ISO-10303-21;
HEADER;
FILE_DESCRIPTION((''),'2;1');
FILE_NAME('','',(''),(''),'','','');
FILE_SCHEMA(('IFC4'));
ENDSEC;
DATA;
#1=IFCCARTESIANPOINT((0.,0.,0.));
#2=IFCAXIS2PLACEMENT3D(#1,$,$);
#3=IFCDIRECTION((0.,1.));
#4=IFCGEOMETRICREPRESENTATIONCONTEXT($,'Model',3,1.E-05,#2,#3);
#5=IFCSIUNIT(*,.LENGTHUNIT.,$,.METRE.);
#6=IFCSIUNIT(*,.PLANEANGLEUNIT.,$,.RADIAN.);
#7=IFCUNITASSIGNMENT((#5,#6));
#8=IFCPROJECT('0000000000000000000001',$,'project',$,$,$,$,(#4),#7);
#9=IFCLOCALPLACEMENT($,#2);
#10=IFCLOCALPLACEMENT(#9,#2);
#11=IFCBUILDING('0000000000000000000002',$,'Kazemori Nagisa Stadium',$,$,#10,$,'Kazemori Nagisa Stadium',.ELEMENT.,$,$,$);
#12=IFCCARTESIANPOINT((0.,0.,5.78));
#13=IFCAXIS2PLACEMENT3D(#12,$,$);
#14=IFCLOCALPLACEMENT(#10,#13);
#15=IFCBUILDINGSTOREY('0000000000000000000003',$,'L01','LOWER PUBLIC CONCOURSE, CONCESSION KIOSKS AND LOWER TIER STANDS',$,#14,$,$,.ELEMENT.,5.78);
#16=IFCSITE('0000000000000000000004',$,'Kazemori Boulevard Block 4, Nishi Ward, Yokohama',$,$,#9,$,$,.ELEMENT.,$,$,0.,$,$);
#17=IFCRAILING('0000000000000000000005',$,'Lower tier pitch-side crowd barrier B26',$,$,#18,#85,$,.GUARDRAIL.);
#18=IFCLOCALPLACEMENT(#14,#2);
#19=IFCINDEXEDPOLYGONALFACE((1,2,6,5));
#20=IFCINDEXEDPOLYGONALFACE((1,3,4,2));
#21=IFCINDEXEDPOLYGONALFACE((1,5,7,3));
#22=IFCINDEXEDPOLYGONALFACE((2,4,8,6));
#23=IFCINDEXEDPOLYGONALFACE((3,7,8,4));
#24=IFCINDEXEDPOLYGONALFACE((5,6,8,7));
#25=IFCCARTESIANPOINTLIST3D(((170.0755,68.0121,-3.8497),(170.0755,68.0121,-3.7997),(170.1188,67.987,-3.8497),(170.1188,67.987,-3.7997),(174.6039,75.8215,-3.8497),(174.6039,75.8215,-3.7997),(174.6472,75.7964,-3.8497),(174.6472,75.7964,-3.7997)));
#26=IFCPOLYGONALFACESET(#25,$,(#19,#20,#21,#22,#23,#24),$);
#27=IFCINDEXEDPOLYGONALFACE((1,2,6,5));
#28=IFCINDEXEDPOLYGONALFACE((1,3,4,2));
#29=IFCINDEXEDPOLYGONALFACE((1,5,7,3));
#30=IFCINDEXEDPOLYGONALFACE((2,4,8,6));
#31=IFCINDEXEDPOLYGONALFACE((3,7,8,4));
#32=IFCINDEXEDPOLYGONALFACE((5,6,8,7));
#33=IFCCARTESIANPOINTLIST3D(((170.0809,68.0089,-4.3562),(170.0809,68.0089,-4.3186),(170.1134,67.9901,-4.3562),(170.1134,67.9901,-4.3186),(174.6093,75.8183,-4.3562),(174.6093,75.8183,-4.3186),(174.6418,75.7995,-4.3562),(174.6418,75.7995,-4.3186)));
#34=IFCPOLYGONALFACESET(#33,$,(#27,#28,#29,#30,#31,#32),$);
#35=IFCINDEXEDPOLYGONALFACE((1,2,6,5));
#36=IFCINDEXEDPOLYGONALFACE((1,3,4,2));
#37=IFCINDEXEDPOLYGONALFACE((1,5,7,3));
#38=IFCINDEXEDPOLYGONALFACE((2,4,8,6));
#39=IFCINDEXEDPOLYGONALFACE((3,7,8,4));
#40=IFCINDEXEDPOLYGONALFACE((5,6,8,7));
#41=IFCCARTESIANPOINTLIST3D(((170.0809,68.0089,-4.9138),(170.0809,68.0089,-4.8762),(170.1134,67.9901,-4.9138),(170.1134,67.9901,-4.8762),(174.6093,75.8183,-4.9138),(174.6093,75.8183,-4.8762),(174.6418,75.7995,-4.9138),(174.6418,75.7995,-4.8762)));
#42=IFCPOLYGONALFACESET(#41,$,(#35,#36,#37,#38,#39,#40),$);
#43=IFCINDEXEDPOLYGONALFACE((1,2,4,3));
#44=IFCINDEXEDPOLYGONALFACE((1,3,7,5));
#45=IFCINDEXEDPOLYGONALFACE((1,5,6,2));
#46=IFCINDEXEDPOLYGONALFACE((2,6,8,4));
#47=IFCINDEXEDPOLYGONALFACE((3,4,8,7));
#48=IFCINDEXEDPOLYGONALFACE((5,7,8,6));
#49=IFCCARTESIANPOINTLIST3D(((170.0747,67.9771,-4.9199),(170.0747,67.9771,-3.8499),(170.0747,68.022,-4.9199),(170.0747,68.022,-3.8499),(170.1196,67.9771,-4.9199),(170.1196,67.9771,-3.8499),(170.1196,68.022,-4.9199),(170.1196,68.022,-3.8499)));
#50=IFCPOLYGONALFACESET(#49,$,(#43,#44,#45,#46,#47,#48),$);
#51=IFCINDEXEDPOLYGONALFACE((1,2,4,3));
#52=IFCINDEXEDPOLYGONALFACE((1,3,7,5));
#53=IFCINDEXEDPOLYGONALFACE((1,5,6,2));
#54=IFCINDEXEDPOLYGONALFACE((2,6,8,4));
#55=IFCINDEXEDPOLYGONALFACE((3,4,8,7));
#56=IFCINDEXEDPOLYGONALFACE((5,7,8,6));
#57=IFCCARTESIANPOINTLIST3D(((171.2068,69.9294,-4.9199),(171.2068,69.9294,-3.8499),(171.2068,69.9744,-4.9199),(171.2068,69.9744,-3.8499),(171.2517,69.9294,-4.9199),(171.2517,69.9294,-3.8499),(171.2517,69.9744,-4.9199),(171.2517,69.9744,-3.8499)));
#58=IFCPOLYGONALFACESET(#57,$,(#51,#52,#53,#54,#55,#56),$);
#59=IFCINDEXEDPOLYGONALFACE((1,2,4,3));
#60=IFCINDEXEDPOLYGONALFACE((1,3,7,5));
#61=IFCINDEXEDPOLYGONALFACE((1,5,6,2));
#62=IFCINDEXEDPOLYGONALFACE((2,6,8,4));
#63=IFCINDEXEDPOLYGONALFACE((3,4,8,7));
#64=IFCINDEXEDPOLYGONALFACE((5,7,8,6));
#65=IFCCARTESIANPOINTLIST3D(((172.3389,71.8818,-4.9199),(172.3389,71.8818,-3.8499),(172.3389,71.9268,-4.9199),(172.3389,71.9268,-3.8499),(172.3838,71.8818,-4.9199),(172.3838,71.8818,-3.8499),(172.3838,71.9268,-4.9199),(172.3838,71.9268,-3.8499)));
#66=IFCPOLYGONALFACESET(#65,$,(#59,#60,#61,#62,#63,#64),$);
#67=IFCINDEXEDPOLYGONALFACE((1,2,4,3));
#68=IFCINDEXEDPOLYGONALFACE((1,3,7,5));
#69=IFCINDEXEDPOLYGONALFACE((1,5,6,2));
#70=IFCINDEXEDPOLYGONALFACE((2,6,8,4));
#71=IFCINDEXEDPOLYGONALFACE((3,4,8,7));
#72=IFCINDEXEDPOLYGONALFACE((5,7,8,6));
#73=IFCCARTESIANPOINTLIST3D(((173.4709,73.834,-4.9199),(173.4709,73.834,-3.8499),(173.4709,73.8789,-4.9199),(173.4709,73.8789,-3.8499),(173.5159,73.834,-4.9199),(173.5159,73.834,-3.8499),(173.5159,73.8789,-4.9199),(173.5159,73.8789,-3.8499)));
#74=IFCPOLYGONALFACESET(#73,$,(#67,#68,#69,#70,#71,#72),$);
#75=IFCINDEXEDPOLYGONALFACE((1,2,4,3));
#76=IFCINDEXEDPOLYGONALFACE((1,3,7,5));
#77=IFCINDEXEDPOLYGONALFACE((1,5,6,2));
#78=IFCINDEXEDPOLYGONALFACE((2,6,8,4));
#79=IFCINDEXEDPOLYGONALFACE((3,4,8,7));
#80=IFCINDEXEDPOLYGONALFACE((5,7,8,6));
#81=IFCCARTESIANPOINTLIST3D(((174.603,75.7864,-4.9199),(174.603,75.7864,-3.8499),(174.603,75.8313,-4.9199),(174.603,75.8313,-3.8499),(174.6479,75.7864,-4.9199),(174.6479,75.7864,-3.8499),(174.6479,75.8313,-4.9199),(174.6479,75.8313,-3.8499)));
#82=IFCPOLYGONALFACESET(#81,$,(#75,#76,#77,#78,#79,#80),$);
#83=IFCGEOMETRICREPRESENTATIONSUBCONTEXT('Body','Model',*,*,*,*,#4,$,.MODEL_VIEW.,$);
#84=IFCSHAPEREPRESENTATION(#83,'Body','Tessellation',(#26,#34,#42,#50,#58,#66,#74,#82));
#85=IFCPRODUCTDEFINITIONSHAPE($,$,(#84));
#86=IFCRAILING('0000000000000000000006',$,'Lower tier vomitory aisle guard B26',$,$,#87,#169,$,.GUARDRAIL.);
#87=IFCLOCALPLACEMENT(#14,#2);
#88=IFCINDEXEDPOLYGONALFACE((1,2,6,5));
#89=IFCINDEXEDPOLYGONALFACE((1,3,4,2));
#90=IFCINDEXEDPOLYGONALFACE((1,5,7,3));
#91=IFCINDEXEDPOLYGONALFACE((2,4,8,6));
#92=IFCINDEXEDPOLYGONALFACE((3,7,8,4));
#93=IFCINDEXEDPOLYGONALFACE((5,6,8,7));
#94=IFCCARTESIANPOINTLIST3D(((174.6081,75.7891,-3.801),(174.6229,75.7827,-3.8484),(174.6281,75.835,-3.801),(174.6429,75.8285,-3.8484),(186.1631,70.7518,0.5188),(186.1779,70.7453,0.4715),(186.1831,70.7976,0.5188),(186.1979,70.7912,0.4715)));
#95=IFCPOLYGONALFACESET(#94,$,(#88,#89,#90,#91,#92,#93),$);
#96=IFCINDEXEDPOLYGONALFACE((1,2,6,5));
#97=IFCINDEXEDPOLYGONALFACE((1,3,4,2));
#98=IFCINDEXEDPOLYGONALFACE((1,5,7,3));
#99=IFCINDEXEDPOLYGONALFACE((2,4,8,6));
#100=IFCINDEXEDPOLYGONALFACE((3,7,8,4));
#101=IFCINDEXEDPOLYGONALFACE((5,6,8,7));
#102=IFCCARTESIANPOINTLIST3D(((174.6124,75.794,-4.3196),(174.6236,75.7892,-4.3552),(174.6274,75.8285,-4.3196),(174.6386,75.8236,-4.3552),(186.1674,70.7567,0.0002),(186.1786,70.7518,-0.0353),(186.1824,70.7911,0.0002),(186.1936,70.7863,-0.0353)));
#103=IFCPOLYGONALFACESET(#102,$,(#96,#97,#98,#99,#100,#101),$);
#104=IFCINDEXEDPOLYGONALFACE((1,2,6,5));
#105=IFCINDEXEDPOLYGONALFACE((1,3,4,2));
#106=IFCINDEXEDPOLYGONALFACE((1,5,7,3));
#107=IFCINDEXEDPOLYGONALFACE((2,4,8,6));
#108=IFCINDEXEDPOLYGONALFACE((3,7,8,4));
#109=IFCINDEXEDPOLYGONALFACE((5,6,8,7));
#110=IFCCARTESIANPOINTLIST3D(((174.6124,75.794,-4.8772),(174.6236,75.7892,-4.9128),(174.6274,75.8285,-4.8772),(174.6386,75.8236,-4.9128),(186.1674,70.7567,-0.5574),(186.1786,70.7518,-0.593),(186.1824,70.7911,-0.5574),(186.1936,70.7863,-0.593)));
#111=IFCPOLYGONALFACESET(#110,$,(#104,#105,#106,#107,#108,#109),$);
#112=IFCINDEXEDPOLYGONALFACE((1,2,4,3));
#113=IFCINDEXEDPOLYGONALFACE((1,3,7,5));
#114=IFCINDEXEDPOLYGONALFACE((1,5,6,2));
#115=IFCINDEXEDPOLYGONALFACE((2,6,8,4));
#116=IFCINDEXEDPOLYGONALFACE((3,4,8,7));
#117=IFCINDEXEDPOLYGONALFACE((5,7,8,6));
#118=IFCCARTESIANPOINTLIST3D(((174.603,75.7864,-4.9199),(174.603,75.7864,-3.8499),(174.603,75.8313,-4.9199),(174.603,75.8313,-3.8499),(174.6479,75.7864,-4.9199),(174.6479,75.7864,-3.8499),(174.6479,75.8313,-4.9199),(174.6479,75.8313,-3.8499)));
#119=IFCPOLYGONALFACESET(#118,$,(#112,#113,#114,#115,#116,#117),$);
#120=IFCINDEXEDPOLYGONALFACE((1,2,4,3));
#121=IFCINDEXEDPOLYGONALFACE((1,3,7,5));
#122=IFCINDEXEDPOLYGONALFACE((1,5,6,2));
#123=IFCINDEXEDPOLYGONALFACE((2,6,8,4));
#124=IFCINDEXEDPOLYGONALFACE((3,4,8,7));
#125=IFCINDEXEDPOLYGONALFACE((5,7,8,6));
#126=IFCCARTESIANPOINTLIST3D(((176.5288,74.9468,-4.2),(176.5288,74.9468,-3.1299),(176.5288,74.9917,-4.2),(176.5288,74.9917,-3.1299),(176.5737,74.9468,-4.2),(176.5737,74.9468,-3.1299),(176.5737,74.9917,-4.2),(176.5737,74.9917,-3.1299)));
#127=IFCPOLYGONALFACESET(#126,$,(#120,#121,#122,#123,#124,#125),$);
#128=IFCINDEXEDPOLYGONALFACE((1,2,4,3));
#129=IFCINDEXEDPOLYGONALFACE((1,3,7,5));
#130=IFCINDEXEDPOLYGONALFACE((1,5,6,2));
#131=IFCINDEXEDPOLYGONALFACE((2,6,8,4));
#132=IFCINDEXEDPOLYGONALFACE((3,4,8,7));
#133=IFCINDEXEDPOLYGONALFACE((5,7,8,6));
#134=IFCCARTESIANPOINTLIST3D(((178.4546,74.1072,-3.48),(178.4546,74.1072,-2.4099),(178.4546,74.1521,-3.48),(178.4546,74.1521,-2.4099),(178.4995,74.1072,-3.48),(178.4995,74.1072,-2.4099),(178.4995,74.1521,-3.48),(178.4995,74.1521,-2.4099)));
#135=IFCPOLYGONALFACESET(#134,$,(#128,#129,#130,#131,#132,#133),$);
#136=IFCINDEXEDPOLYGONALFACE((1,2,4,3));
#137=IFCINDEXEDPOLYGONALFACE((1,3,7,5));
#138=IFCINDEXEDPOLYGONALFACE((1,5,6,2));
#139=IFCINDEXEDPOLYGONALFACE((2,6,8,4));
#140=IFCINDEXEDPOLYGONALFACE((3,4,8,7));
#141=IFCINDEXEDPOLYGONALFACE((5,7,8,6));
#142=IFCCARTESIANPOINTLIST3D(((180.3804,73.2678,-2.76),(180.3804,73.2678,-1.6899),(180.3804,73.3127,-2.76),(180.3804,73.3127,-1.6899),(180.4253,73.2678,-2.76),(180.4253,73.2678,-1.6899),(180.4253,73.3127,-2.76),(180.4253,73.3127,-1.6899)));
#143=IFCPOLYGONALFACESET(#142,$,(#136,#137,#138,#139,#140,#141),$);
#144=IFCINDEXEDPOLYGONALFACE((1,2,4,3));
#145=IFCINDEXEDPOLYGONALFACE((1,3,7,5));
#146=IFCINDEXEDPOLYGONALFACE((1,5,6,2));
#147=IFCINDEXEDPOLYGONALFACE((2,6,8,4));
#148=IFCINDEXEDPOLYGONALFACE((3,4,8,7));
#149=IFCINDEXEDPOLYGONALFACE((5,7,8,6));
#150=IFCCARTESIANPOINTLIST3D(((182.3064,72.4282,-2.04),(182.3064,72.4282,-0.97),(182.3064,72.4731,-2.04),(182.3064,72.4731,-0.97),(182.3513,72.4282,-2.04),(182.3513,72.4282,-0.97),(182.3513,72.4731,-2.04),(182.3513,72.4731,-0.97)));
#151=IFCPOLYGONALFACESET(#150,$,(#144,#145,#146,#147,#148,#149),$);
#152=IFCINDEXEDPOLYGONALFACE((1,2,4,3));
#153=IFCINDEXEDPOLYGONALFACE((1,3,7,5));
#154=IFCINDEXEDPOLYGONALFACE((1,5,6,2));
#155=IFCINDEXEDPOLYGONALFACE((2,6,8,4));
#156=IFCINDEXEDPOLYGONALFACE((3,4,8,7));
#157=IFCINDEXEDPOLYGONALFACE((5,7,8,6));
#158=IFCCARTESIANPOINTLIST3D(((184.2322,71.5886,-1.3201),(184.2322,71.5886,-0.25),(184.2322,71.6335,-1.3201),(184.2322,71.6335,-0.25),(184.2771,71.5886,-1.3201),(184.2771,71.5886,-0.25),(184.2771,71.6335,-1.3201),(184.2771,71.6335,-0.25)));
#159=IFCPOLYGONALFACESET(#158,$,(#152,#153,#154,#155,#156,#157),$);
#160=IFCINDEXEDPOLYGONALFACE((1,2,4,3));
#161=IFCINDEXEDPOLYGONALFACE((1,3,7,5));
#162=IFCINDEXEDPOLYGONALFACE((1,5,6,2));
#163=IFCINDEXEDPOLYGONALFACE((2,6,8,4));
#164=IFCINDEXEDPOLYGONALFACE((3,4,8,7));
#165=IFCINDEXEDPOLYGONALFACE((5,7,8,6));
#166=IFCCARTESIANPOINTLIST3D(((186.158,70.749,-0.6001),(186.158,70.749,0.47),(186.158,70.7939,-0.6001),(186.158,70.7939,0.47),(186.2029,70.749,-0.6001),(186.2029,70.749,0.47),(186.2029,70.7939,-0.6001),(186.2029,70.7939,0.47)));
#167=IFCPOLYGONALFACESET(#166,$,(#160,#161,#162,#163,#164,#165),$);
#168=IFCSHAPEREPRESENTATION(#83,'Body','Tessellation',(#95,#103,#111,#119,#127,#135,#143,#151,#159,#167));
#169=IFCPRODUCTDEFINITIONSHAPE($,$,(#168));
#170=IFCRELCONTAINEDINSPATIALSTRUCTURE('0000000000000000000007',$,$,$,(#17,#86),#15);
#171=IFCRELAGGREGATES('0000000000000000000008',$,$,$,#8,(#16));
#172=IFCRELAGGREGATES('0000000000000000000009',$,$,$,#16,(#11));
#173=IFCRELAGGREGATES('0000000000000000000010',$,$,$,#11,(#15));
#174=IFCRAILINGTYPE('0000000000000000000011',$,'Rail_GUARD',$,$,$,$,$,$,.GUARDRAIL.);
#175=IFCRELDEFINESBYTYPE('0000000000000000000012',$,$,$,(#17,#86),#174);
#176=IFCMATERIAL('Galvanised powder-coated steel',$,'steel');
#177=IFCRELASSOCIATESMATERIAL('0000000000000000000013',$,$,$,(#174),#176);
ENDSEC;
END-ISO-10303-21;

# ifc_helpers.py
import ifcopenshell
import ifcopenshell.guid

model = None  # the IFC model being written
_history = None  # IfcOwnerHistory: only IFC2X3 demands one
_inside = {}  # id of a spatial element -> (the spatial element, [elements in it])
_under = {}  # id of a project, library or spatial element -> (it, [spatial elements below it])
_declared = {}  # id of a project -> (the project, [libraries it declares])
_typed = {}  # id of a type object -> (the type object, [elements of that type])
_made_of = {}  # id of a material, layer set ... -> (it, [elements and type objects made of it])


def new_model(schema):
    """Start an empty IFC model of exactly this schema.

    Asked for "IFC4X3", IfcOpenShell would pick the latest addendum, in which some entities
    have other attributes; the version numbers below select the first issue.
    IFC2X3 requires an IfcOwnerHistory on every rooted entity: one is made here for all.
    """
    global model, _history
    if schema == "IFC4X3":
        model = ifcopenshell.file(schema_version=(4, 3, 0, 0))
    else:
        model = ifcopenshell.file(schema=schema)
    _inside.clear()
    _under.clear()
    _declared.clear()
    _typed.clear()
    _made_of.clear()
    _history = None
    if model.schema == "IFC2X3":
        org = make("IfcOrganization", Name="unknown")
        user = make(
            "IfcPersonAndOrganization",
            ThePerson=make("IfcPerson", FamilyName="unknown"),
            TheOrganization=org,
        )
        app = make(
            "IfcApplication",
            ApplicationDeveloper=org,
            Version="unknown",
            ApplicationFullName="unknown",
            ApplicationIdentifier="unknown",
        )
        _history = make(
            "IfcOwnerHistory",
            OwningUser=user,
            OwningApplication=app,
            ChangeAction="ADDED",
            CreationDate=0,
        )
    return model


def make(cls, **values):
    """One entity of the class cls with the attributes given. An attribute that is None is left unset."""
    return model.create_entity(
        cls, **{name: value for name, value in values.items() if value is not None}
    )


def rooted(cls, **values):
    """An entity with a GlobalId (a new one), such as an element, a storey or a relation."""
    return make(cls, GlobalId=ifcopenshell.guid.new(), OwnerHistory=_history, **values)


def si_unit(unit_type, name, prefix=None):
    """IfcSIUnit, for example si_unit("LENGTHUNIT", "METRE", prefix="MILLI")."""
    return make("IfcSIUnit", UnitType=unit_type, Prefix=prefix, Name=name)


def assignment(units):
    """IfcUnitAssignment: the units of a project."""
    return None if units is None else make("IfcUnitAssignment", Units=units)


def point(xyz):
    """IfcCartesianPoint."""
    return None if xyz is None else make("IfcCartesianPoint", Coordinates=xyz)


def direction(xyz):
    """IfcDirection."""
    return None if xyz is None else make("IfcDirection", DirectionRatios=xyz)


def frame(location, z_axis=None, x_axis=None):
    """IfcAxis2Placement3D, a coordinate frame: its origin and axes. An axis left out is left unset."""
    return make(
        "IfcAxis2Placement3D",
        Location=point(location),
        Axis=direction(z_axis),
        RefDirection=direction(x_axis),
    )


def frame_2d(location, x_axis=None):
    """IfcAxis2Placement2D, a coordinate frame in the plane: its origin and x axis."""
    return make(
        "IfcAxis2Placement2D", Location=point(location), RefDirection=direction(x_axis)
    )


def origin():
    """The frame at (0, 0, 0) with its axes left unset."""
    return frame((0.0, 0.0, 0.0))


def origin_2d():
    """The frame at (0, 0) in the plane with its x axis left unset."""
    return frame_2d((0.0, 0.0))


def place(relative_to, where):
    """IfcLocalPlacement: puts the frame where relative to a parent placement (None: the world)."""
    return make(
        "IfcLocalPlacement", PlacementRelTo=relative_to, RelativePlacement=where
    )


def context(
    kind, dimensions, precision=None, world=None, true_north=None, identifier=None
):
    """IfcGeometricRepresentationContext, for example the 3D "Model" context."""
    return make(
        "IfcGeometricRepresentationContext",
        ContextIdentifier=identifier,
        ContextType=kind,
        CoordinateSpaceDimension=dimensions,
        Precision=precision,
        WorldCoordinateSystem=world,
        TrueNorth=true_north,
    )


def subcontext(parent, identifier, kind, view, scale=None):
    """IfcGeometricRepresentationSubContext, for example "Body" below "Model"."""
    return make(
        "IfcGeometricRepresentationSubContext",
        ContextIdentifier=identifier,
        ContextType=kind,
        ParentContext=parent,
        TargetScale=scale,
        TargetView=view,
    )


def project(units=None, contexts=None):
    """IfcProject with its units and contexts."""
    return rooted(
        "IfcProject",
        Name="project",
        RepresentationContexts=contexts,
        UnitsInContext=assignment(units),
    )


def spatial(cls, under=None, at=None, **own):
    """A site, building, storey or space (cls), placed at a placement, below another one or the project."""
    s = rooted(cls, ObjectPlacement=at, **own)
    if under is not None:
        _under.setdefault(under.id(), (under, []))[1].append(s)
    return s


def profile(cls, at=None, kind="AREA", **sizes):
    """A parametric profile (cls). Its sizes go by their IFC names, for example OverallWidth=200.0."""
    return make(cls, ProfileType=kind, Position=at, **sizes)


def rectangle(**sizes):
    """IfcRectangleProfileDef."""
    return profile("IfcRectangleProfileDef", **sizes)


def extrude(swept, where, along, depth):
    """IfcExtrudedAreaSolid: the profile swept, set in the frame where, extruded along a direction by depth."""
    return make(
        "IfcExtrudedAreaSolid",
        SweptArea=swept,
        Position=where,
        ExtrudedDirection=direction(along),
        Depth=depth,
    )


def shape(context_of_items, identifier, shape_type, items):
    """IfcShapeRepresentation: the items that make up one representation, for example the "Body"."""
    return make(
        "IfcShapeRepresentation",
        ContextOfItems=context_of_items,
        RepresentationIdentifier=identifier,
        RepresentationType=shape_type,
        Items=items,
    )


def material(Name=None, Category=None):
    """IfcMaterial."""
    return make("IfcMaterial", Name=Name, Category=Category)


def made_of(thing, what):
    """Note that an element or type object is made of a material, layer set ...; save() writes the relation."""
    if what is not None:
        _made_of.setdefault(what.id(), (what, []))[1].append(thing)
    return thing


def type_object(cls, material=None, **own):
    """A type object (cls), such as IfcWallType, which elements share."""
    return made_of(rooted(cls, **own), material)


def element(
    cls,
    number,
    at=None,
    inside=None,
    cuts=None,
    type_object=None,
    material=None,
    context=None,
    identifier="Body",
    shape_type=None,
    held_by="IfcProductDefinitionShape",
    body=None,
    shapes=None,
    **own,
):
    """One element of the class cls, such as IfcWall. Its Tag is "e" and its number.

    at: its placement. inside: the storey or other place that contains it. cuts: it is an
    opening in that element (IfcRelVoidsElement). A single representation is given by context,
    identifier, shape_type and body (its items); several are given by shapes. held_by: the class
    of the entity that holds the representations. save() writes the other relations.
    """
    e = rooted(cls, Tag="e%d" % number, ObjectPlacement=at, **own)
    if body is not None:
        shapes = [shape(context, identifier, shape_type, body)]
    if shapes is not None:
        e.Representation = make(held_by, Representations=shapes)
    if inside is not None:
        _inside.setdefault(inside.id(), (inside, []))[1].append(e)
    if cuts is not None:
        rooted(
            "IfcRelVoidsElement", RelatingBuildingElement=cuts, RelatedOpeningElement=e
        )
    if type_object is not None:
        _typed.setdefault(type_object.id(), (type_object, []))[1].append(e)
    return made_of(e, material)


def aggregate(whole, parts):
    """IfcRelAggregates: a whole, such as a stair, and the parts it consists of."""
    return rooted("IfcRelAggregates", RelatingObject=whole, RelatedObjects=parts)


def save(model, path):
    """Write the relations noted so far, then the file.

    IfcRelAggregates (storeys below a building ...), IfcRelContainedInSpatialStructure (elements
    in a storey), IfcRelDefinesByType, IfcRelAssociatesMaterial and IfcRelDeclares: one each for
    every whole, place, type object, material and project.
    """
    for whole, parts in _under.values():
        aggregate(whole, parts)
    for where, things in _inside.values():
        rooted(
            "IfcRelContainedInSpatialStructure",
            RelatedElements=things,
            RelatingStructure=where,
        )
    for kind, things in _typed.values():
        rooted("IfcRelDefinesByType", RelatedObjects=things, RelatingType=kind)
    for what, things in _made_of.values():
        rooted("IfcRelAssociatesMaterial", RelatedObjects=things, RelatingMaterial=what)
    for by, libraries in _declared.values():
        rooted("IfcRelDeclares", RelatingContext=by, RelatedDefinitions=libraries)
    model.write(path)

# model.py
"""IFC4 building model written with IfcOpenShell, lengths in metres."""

from ifc_helpers import new_model, si_unit, direction, frame, origin, origin_2d, place, context, subcontext, project, spatial, rectangle, extrude, material, type_object, element, save


model = new_model("IFC4")

# Units and contexts
model_context = context("Model", 3, precision=1e-05, world=origin(), true_north=direction((0.0, 1.0)))
body_context = subcontext(model_context, "Body", "Model", "MODEL_VIEW")
ifc_project = project(units=[si_unit("LENGTHUNIT", "METRE"), si_unit("PLANEANGLEUNIT", "RADIAN")], contexts=[model_context])

# Site, building, storey
site_placement = place(None, origin())
site = spatial("IfcSite", under=ifc_project, at=site_placement, Name="Kazemori Boulevard Block 4, Nishi Ward, Yokohama", CompositionType="ELEMENT", RefElevation=0.0)
building_placement = place(site_placement, origin())
building = spatial("IfcBuilding", under=site, at=building_placement, Name="Kazemori Nagisa Stadium", LongName="Kazemori Nagisa Stadium", CompositionType="ELEMENT")
storey_placement = place(building_placement, frame((0.0, 0.0, 5.78)))
storey = spatial("IfcBuildingStorey", under=building, at=storey_placement, Name="L01", Description="LOWER PUBLIC CONCOURSE, CONCESSION KIOSKS AND LOWER TIER STANDS", CompositionType="ELEMENT", Elevation=5.78)

# Railings
ifc_material_1 = material(Name="Galvanised powder-coated steel", Category="steel")
railing_type_1 = type_object("IfcRailingType", Name="Rail_GUARD", PredefinedType="GUARDRAIL", material=ifc_material_1)
railing_1_placement = place(storey_placement, frame((170.0972, 67.9995, -4.9199)))
element("IfcRailing", 1, at=railing_1_placement, inside=storey, type_object=railing_type_1, Name="Lower tier pitch-side crowd barrier B26", PredefinedType="GUARDRAIL", context=body_context, shape_type="SweptSolid", body=[
    extrude(rectangle(XDim=0.05, YDim=0.05, at=origin_2d()), frame((0.0, 0.0, 1.0952), z_axis=(0.501628, 0.865084, 0.0), x_axis=(-0.865084, 0.501628, 0.0)), (0.0, 0.0, 1.0), 9.0273),
    extrude(rectangle(XDim=0.0376, YDim=0.0376, at=origin_2d()), frame((0.0, 0.0, 0.5825), z_axis=(0.501628, 0.865084, 0.0), x_axis=(-0.865084, 0.501628, 0.0)), (0.0, 0.0, 1.0), 9.0273),
    extrude(rectangle(XDim=0.0376, YDim=0.0376, at=origin_2d()), frame((0.0, 0.0, 0.0249), z_axis=(0.501628, 0.865084, 0.0), x_axis=(-0.865084, 0.501628, 0.0)), (0.0, 0.0, 1.0), 9.0273),
    extrude(rectangle(XDim=0.0449, YDim=0.0449, at=origin_2d()), origin(), (0.0, 0.0, 1.0), 1.0701),
    extrude(rectangle(XDim=0.0449, YDim=0.0449, at=origin_2d()), frame((1.1321, 1.9524, 0.0)), (0.0, 0.0, 1.0), 1.0701),
    extrude(rectangle(XDim=0.0449, YDim=0.0449, at=origin_2d()), frame((2.2642, 3.9048, 0.0)), (0.0, 0.0, 1.0), 1.0701),
    extrude(rectangle(XDim=0.0449, YDim=0.0449, at=origin_2d()), frame((3.3962, 5.8569, 0.0)), (0.0, 0.0, 1.0), 1.0701),
    extrude(rectangle(XDim=0.0449, YDim=0.0449, at=origin_2d()), frame((4.5283, 7.8093, 0.0)), (0.0, 0.0, 1.0), 1.0701),
])
railing_2_placement = place(storey_placement, frame((174.6255, 75.8088, -4.9199)))
element("IfcRailing", 2, at=railing_2_placement, inside=storey, type_object=railing_type_1, Name="Lower tier vomitory aisle guard B26", PredefinedType="GUARDRAIL", context=body_context, shape_type="SweptSolid", body=[
    extrude(rectangle(XDim=0.05, YDim=0.05, at=origin_2d()), frame((0.0, 0.0, 1.0952), z_axis=(0.86717, -0.378041, 0.324193), x_axis=(0.399625, 0.916679, 0.0)), (0.0, 0.0, 1.0), 13.325),
    extrude(rectangle(XDim=0.0376, YDim=0.0376, at=origin_2d()), frame((0.0, 0.0, 0.5825), z_axis=(0.86717, -0.378041, 0.324193), x_axis=(0.399625, 0.916679, 0.0)), (0.0, 0.0, 1.0), 13.325),
    extrude(rectangle(XDim=0.0376, YDim=0.0376, at=origin_2d()), frame((0.0, 0.0, 0.0249), z_axis=(0.86717, -0.378041, 0.324193), x_axis=(0.399625, 0.916679, 0.0)), (0.0, 0.0, 1.0), 13.325),
    extrude(rectangle(XDim=0.0449, YDim=0.0449, at=origin_2d()), origin(), (0.0, 0.0, 1.0), 1.0701),
    extrude(rectangle(XDim=0.0449, YDim=0.0449, at=origin_2d()), frame((1.9258, -0.8396, 0.72)), (0.0, 0.0, 1.0), 1.0701),
    extrude(rectangle(XDim=0.0449, YDim=0.0449, at=origin_2d()), frame((3.8516, -1.6792, 1.4399)), (0.0, 0.0, 1.0), 1.0701),
    extrude(rectangle(XDim=0.0449, YDim=0.0449, at=origin_2d()), frame((5.7773, -2.5186, 2.1599)), (0.0, 0.0, 1.0), 1.0701),
    extrude(rectangle(XDim=0.0449, YDim=0.0449, at=origin_2d()), frame((7.7034, -3.3582, 2.8799)), (0.0, 0.0, 1.0), 1.0701),
    extrude(rectangle(XDim=0.0449, YDim=0.0449, at=origin_2d()), frame((9.6292, -4.1978, 3.5999)), (0.0, 0.0, 1.0), 1.0701),
    extrude(rectangle(XDim=0.0449, YDim=0.0449, at=origin_2d()), frame((11.5549, -5.0374, 4.3198)), (0.0, 0.0, 1.0), 1.0701),
])

save(model, "model.ifc")
